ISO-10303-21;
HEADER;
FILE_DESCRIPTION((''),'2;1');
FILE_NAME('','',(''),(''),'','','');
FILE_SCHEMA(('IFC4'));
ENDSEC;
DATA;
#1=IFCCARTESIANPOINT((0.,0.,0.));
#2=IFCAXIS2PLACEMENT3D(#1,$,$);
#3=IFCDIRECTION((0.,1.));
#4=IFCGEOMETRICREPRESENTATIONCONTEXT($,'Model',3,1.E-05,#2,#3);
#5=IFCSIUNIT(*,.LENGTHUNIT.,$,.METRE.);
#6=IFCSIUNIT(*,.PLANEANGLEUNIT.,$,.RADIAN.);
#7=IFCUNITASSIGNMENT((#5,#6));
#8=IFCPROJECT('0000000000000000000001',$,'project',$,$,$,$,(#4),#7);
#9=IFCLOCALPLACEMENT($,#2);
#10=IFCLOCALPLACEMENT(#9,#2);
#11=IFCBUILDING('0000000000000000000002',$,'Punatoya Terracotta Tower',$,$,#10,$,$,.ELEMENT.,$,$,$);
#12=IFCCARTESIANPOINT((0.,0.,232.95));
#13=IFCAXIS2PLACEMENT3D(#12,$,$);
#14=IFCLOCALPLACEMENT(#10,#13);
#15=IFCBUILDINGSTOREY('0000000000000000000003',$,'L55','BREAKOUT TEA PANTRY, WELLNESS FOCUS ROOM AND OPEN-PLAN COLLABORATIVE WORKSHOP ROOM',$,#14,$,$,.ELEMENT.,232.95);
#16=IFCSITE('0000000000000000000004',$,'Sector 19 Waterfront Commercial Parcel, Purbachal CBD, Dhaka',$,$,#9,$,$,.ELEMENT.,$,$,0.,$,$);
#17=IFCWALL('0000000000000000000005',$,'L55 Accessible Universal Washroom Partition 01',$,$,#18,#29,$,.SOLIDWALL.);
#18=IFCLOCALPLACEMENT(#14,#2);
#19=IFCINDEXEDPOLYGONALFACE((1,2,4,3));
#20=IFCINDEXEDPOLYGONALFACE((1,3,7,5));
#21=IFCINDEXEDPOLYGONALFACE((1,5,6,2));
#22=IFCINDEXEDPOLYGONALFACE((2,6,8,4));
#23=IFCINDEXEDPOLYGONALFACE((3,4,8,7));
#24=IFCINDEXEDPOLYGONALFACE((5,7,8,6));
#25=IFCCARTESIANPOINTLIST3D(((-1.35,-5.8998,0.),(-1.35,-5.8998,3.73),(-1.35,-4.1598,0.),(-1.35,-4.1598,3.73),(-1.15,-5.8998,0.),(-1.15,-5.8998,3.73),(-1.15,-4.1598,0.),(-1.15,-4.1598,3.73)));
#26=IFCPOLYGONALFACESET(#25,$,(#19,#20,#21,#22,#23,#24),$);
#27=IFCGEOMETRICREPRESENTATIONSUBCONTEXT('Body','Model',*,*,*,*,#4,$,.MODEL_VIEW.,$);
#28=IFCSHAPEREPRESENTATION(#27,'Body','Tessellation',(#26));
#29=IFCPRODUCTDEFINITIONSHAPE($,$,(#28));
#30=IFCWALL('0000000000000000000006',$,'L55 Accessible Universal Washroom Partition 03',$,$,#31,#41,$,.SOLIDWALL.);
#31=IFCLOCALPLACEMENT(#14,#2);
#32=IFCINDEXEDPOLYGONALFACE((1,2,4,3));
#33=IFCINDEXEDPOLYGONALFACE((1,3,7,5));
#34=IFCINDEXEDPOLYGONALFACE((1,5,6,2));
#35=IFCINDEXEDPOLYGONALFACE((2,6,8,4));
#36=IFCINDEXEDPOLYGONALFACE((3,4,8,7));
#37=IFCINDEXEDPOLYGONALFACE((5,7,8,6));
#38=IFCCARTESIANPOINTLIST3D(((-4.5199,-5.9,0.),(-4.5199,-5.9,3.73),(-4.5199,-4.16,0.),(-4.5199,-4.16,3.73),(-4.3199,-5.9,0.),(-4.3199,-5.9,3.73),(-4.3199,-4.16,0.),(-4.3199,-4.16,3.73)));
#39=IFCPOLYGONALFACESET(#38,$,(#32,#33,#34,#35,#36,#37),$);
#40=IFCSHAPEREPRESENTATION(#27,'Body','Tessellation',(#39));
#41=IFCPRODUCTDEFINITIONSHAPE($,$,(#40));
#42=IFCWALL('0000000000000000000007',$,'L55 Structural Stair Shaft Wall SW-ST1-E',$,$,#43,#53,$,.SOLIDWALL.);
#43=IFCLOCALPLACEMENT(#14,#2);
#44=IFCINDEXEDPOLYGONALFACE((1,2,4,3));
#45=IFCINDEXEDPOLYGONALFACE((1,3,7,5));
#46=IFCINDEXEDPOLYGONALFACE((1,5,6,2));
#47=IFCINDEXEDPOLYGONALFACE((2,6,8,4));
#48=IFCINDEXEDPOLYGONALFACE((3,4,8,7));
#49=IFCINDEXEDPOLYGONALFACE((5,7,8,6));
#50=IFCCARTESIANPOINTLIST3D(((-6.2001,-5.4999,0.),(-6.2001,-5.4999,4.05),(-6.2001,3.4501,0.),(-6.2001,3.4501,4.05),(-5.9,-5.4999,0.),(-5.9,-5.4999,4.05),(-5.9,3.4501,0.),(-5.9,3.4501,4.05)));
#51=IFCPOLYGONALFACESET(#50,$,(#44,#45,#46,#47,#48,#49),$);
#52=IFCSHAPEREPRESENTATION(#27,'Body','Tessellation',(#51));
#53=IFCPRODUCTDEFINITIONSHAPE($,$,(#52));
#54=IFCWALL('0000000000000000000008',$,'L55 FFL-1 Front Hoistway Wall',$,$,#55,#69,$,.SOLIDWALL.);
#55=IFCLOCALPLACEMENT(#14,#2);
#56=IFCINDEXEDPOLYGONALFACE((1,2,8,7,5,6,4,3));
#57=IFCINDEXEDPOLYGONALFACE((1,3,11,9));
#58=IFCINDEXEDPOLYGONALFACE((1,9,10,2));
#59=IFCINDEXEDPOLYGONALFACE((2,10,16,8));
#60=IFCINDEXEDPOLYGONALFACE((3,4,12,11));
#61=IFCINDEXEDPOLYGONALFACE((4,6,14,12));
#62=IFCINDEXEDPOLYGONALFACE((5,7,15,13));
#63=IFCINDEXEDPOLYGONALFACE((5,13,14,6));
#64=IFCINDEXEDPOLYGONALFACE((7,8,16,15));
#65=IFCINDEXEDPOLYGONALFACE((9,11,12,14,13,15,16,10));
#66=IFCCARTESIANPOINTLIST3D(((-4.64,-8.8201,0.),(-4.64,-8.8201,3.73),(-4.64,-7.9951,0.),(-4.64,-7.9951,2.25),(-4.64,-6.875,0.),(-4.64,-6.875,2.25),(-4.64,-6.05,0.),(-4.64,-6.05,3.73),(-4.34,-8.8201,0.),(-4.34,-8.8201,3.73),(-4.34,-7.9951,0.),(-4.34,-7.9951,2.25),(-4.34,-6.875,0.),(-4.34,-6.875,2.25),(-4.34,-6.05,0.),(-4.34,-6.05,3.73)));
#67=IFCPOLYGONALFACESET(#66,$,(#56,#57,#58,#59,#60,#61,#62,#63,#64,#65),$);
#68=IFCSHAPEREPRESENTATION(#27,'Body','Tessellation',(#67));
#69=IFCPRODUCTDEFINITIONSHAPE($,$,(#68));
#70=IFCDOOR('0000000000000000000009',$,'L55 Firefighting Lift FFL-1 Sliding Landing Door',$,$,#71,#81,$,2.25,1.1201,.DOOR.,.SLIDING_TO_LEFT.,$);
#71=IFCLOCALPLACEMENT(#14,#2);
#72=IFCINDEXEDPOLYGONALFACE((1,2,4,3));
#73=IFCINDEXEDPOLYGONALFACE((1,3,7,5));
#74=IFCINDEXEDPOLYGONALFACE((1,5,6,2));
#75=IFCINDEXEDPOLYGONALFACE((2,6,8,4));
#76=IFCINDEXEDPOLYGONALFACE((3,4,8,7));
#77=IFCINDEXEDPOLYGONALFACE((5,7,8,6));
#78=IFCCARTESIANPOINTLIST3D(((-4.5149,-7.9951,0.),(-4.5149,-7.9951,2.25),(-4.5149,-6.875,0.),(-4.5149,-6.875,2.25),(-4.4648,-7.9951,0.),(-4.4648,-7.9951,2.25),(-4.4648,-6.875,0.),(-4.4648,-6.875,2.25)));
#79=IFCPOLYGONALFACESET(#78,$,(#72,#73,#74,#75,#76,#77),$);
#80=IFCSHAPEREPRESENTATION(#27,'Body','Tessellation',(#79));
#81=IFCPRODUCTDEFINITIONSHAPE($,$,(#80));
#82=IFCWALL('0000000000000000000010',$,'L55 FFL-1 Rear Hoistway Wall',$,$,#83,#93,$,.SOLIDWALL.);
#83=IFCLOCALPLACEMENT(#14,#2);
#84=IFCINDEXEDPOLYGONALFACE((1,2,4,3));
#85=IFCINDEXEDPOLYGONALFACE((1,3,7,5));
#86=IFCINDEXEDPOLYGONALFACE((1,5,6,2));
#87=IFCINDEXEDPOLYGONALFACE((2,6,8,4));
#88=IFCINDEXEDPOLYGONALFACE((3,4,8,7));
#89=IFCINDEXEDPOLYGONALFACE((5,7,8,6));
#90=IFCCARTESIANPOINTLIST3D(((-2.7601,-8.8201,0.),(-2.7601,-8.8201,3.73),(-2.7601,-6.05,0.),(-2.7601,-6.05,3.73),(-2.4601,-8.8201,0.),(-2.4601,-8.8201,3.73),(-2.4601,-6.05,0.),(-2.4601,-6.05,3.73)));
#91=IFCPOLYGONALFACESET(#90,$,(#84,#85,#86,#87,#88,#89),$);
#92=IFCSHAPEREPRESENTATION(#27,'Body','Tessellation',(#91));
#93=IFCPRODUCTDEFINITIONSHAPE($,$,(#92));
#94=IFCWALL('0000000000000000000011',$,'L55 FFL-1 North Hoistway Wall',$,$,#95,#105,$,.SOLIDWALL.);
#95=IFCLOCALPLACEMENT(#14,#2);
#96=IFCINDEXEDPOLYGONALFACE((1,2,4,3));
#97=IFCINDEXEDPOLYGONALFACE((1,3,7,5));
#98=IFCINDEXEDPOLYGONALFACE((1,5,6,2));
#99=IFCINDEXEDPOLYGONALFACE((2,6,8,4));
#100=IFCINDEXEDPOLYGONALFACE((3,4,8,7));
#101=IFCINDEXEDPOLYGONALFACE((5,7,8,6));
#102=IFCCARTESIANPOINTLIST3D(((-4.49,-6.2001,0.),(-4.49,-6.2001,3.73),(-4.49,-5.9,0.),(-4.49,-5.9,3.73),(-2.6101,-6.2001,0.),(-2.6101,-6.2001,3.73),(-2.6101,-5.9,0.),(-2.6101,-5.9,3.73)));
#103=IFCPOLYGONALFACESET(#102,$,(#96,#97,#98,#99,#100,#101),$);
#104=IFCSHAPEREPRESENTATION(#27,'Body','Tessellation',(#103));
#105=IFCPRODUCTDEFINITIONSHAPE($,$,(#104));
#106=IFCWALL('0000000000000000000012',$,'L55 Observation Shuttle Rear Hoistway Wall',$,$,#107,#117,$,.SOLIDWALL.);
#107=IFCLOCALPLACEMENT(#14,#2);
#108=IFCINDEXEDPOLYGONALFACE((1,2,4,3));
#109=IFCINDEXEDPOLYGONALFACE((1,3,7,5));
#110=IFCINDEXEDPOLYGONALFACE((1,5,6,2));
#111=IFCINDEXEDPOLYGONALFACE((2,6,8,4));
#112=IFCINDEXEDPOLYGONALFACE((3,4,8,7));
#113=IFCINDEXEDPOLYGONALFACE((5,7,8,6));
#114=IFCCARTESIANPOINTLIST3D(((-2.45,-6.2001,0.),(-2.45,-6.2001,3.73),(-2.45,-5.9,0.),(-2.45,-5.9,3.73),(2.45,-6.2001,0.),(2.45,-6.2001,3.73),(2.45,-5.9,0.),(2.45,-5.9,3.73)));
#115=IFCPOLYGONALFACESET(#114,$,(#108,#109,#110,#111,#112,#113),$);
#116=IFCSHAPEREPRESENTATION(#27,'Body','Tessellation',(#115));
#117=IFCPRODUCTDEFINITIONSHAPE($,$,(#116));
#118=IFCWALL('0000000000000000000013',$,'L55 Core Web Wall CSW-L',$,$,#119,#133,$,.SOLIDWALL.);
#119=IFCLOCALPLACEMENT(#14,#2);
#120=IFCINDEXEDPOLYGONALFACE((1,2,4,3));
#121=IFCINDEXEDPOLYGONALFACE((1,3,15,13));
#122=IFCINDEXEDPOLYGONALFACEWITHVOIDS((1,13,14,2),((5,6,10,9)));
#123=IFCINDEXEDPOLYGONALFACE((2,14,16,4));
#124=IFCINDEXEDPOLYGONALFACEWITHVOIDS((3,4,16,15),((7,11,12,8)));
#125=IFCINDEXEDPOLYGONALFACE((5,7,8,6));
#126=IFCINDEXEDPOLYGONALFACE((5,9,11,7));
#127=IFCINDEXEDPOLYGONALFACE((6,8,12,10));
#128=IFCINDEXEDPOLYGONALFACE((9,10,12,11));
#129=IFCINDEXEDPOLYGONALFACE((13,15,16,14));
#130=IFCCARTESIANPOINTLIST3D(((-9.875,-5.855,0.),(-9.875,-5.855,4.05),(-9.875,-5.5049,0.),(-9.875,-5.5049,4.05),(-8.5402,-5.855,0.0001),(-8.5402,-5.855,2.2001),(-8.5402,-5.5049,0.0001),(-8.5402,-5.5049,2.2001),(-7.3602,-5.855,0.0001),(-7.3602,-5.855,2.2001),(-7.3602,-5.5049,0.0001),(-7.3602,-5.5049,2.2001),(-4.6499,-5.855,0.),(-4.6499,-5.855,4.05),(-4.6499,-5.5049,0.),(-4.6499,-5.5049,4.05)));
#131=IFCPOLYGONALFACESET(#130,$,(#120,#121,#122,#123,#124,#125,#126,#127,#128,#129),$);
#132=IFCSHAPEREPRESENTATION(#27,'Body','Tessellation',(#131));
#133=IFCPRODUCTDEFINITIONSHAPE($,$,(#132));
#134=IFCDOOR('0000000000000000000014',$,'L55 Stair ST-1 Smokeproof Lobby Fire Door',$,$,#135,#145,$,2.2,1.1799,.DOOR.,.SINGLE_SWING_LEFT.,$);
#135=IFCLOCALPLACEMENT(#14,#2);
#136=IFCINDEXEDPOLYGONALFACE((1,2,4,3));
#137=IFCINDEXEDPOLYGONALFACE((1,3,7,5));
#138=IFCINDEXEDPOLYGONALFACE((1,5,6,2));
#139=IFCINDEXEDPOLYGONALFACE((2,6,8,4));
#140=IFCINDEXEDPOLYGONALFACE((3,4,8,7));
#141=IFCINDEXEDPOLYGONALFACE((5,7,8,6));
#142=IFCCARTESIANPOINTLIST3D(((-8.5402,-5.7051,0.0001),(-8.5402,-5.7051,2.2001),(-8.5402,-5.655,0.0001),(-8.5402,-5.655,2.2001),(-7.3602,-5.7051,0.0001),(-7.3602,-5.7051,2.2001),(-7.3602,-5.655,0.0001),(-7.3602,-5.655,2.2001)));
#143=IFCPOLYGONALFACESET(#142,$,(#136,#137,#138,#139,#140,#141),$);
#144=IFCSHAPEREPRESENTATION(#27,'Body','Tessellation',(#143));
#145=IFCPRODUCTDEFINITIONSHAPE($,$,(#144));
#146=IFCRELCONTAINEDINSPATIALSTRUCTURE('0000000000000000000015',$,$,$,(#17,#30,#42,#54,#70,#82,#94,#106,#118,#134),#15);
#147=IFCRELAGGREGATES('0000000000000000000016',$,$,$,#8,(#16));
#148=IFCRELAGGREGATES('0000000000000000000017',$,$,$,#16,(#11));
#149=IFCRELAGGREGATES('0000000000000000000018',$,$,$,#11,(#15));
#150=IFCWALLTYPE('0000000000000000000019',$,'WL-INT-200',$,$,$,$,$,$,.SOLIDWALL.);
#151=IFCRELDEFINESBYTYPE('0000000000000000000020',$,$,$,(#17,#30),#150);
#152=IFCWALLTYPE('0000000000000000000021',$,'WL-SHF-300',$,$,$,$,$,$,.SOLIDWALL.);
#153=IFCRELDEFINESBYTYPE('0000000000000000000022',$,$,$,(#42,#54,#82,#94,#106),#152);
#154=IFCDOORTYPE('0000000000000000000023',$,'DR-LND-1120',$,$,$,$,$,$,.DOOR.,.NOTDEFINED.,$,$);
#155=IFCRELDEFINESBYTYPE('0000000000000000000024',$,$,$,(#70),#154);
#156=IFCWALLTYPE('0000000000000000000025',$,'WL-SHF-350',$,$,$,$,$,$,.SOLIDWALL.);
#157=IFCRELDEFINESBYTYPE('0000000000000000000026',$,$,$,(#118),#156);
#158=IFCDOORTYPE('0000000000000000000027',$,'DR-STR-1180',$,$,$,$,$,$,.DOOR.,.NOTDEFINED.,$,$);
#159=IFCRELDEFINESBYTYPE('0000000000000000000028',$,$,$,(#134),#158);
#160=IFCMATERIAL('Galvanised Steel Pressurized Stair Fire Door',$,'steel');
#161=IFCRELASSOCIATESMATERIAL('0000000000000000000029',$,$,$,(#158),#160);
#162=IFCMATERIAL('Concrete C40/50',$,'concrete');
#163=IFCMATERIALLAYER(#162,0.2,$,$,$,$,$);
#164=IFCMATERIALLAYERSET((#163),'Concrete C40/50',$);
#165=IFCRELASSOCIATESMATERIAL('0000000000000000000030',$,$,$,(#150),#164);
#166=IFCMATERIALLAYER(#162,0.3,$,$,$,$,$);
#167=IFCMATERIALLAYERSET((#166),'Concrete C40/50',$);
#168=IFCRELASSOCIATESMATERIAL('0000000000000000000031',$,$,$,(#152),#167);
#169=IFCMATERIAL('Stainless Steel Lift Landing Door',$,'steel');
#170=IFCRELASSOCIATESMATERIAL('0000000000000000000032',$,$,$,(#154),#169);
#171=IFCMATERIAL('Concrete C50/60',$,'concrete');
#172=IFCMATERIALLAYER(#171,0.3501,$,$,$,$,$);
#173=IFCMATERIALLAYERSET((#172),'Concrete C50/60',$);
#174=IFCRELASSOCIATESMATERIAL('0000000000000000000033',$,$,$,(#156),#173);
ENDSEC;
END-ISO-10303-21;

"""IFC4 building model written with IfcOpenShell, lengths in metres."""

from ifc_helpers import new_model, si_unit, direction, frame, frame_2d, origin, place, context, subcontext, project, spatial, rectangle, extrude, material, layer, layer_set, type_object, element, fill, save


model = new_model("IFC4")

# Units and contexts
model_context = context("Model", 3, precision=1e-05, world=origin(), true_north=direction((0.0, 1.0)))
body_context = subcontext(model_context, "Body", "Model", "MODEL_VIEW")
ifc_project = project(units=[si_unit("LENGTHUNIT", "METRE"), si_unit("PLANEANGLEUNIT", "RADIAN")], contexts=[model_context])

# Site, building, storey
site_placement = place(None, origin())
site = spatial("IfcSite", under=ifc_project, at=site_placement, Name="Sector 19 Waterfront Commercial Parcel, Purbachal CBD, Dhaka", CompositionType="ELEMENT", RefElevation=0.0)
building_placement = place(site_placement, origin())
building = spatial("IfcBuilding", under=site, at=building_placement, Name="Punatoya Terracotta Tower", CompositionType="ELEMENT")
storey_placement = place(building_placement, frame((0.0, 0.0, 232.95)))
storey = spatial("IfcBuildingStorey", under=building, at=storey_placement, Name="L55", Description="BREAKOUT TEA PANTRY, WELLNESS FOCUS ROOM AND OPEN-PLAN COLLABORATIVE WORKSHOP ROOM", CompositionType="ELEMENT", Elevation=232.95)

# Shared definitions
ifc_material_1 = material(Name="Galvanised Steel Pressurized Stair Fire Door", Category="steel")
door_type_1 = type_object("IfcDoorType", Name="DR-STR-1180", OperationType="NOTDEFINED", PredefinedType="DOOR", material=ifc_material_1)

# Wall
ifc_material_2 = material(Name="Concrete C40/50", Category="concrete")
ifc_layer_1 = layer(ifc_material_2, 0.2)
ifc_layer_set_1 = layer_set([ifc_layer_1], Name="Concrete C40/50")
wall_type_1 = type_object("IfcWallType", Name="WL-INT-200", PredefinedType="SOLIDWALL", material=ifc_layer_set_1)
wall_1_placement = place(storey_placement, frame((-1.25, -5.8999, 0.0), z_axis=(0.0, 0.0, 1.0), x_axis=(0.0, 1.0, 0.0)))
element("IfcWall", 1, at=wall_1_placement, inside=storey, type_object=wall_type_1, Name="L55 Accessible Universal Washroom Partition 01", PredefinedType="SOLIDWALL", context=body_context, shape_type="SweptSolid", body=[
    extrude(rectangle(XDim=1.74, YDim=0.2, at=frame_2d((0.8701, 0.0))), origin(), (0.0, 0.0, 1.0), 3.73),
])

# Walls
wall_2_placement = place(storey_placement, frame((-4.4199, -4.1599, 0.0), z_axis=(0.0, 0.0, 1.0), x_axis=(0.0, -1.0, 0.0)))
element("IfcWall", 2, at=wall_2_placement, inside=storey, type_object=wall_type_1, Name="L55 Accessible Universal Washroom Partition 03", PredefinedType="SOLIDWALL", context=body_context, shape_type="SweptSolid", body=[
    extrude(rectangle(XDim=1.74, YDim=0.2, at=frame_2d((0.8701, 0.0))), origin(), (0.0, 0.0, 1.0), 3.73),
])
ifc_layer_2 = layer(ifc_material_2, 0.3)
ifc_layer_set_2 = layer_set([ifc_layer_2], Name="Concrete C40/50")
wall_type_2 = type_object("IfcWallType", Name="WL-SHF-300", PredefinedType="SOLIDWALL", material=ifc_layer_set_2)
wall_3_placement = place(storey_placement, frame((-6.05, -5.5, 0.0), z_axis=(0.0, 0.0, 1.0), x_axis=(0.0, 1.0, 0.0)))
element("IfcWall", 3, at=wall_3_placement, inside=storey, type_object=wall_type_2, Name="L55 Structural Stair Shaft Wall SW-ST1-E", PredefinedType="SOLIDWALL", context=body_context, shape_type="SweptSolid", body=[
    extrude(rectangle(XDim=8.95, YDim=0.3, at=frame_2d((4.4751, 0.0))), origin(), (0.0, 0.0, 1.0), 4.05),
])

# Wall, opening, door
wall_4_placement = place(storey_placement, frame((-4.49, -8.8201, 0.0), z_axis=(0.0, 0.0, 1.0), x_axis=(0.0, 1.0, 0.0)))
wall_4 = element("IfcWall", 4, at=wall_4_placement, inside=storey, type_object=wall_type_2, Name="L55 FFL-1 Front Hoistway Wall", PredefinedType="SOLIDWALL", context=body_context, shape_type="SweptSolid", body=[
    extrude(rectangle(XDim=2.77, YDim=0.3, at=frame_2d((1.385, 0.0))), origin(), (0.0, 0.0, 1.0), 3.73),
])
opening_1_placement = place(wall_4_placement, frame((0.825, 0.0, 0.0)))
opening_1 = element("IfcOpeningElement", 5, at=opening_1_placement, cuts=wall_4, PredefinedType="OPENING", context=body_context, shape_type="SweptSolid", body=[
    extrude(rectangle(XDim=1.1201, YDim=2.25, at=frame_2d((0.5601, 1.125))), frame((0.0, 0.1599, 0.0), z_axis=(0.0, -1.0, 0.0), x_axis=(1.0, 0.0, 0.0)), (0.0, 0.0, 1.0), 0.3201),
])
ifc_material_3 = material(Name="Stainless Steel Lift Landing Door", Category="steel")
door_type_2 = type_object("IfcDoorType", Name="DR-LND-1120", OperationType="NOTDEFINED", PredefinedType="DOOR", material=ifc_material_3)
door_1_placement = place(opening_1_placement, origin())
door_1 = element("IfcDoor", 6, at=door_1_placement, inside=storey, type_object=door_type_2, Name="L55 Firefighting Lift FFL-1 Sliding Landing Door", OperationType="SLIDING_TO_LEFT", OverallHeight=2.25, OverallWidth=1.1201, PredefinedType="DOOR", context=body_context, shape_type="SweptSolid", body=[
    extrude(rectangle(XDim=1.1201, YDim=2.25, at=frame_2d((0.5601, 1.125))), frame((0.0, 0.0249, 0.0), z_axis=(0.0, -1.0, 0.0), x_axis=(1.0, 0.0, 0.0)), (0.0, 0.0, 1.0), 0.05),
])
fill(opening_1, door_1)

# Walls
wall_5_placement = place(storey_placement, frame((-2.6101, -8.8201, 0.0), z_axis=(0.0, 0.0, 1.0), x_axis=(0.0, 1.0, 0.0)))
element("IfcWall", 7, at=wall_5_placement, inside=storey, type_object=wall_type_2, Name="L55 FFL-1 Rear Hoistway Wall", PredefinedType="SOLIDWALL", context=body_context, shape_type="SweptSolid", body=[
    extrude(rectangle(XDim=2.77, YDim=0.3, at=frame_2d((1.385, 0.0))), origin(), (0.0, 0.0, 1.0), 3.73),
])
wall_6_placement = place(storey_placement, frame((-4.49, -6.05, 0.0), z_axis=(0.0, 0.0, 1.0), x_axis=(1.0, 0.0, 0.0)))
element("IfcWall", 8, at=wall_6_placement, inside=storey, type_object=wall_type_2, Name="L55 FFL-1 North Hoistway Wall", PredefinedType="SOLIDWALL", context=body_context, shape_type="SweptSolid", body=[
    extrude(rectangle(XDim=1.8799, YDim=0.3, at=frame_2d((0.9399, 0.0))), origin(), (0.0, 0.0, 1.0), 3.73),
])
wall_7_placement = place(storey_placement, frame((-2.45, -6.05, 0.0), z_axis=(0.0, 0.0, 1.0), x_axis=(1.0, 0.0, 0.0)))
element("IfcWall", 9, at=wall_7_placement, inside=storey, type_object=wall_type_2, Name="L55 Observation Shuttle Rear Hoistway Wall", PredefinedType="SOLIDWALL", context=body_context, shape_type="SweptSolid", body=[
    extrude(rectangle(XDim=4.8999, YDim=0.3, at=frame_2d((2.45, 0.0))), origin(), (0.0, 0.0, 1.0), 3.73),
])

# Wall, opening, door
ifc_material_4 = material(Name="Concrete C50/60", Category="concrete")
ifc_layer_3 = layer(ifc_material_4, 0.3501)
ifc_layer_set_3 = layer_set([ifc_layer_3], Name="Concrete C50/60")
wall_type_3 = type_object("IfcWallType", Name="WL-SHF-350", PredefinedType="SOLIDWALL", material=ifc_layer_set_3)
wall_8_placement = place(storey_placement, frame((-9.875, -5.6799, 0.0), z_axis=(0.0, 0.0, 1.0), x_axis=(1.0, 0.0, 0.0)))
wall_8 = element("IfcWall", 10, at=wall_8_placement, inside=storey, type_object=wall_type_3, Name="L55 Core Web Wall CSW-L", PredefinedType="SOLIDWALL", context=body_context, shape_type="SweptSolid", body=[
    extrude(rectangle(XDim=5.2251, YDim=0.3501, at=frame_2d((2.6125, 0.0))), origin(), (0.0, 0.0, 1.0), 4.05),
])
opening_2_placement = place(wall_8_placement, frame((1.335, 0.0, 0.0)))
opening_2 = element("IfcOpeningElement", 11, at=opening_2_placement, cuts=wall_8, PredefinedType="OPENING", context=body_context, shape_type="SweptSolid", body=[
    extrude(rectangle(XDim=1.1799, YDim=2.2, at=frame_2d((0.5898, 1.1001))), frame((0.0, 0.1851, 0.0), z_axis=(0.0, -1.0, 0.0), x_axis=(1.0, 0.0, 0.0)), (0.0, 0.0, 1.0), 0.3701),
])
door_2_placement = place(opening_2_placement, origin())
door_2 = element("IfcDoor", 12, at=door_2_placement, inside=storey, type_object=door_type_1, Name="L55 Stair ST-1 Smokeproof Lobby Fire Door", OperationType="SINGLE_SWING_LEFT", OverallHeight=2.2, OverallWidth=1.1799, PredefinedType="DOOR", context=body_context, shape_type="SweptSolid", body=[
    extrude(rectangle(XDim=1.1799, YDim=2.2, at=frame_2d((0.5898, 1.1001))), frame((0.0, 0.0249, 0.0), z_axis=(0.0, -1.0, 0.0), x_axis=(1.0, 0.0, 0.0)), (0.0, 0.0, 1.0), 0.05),
])
fill(opening_2, door_2)

save(model, "model.ifc")
